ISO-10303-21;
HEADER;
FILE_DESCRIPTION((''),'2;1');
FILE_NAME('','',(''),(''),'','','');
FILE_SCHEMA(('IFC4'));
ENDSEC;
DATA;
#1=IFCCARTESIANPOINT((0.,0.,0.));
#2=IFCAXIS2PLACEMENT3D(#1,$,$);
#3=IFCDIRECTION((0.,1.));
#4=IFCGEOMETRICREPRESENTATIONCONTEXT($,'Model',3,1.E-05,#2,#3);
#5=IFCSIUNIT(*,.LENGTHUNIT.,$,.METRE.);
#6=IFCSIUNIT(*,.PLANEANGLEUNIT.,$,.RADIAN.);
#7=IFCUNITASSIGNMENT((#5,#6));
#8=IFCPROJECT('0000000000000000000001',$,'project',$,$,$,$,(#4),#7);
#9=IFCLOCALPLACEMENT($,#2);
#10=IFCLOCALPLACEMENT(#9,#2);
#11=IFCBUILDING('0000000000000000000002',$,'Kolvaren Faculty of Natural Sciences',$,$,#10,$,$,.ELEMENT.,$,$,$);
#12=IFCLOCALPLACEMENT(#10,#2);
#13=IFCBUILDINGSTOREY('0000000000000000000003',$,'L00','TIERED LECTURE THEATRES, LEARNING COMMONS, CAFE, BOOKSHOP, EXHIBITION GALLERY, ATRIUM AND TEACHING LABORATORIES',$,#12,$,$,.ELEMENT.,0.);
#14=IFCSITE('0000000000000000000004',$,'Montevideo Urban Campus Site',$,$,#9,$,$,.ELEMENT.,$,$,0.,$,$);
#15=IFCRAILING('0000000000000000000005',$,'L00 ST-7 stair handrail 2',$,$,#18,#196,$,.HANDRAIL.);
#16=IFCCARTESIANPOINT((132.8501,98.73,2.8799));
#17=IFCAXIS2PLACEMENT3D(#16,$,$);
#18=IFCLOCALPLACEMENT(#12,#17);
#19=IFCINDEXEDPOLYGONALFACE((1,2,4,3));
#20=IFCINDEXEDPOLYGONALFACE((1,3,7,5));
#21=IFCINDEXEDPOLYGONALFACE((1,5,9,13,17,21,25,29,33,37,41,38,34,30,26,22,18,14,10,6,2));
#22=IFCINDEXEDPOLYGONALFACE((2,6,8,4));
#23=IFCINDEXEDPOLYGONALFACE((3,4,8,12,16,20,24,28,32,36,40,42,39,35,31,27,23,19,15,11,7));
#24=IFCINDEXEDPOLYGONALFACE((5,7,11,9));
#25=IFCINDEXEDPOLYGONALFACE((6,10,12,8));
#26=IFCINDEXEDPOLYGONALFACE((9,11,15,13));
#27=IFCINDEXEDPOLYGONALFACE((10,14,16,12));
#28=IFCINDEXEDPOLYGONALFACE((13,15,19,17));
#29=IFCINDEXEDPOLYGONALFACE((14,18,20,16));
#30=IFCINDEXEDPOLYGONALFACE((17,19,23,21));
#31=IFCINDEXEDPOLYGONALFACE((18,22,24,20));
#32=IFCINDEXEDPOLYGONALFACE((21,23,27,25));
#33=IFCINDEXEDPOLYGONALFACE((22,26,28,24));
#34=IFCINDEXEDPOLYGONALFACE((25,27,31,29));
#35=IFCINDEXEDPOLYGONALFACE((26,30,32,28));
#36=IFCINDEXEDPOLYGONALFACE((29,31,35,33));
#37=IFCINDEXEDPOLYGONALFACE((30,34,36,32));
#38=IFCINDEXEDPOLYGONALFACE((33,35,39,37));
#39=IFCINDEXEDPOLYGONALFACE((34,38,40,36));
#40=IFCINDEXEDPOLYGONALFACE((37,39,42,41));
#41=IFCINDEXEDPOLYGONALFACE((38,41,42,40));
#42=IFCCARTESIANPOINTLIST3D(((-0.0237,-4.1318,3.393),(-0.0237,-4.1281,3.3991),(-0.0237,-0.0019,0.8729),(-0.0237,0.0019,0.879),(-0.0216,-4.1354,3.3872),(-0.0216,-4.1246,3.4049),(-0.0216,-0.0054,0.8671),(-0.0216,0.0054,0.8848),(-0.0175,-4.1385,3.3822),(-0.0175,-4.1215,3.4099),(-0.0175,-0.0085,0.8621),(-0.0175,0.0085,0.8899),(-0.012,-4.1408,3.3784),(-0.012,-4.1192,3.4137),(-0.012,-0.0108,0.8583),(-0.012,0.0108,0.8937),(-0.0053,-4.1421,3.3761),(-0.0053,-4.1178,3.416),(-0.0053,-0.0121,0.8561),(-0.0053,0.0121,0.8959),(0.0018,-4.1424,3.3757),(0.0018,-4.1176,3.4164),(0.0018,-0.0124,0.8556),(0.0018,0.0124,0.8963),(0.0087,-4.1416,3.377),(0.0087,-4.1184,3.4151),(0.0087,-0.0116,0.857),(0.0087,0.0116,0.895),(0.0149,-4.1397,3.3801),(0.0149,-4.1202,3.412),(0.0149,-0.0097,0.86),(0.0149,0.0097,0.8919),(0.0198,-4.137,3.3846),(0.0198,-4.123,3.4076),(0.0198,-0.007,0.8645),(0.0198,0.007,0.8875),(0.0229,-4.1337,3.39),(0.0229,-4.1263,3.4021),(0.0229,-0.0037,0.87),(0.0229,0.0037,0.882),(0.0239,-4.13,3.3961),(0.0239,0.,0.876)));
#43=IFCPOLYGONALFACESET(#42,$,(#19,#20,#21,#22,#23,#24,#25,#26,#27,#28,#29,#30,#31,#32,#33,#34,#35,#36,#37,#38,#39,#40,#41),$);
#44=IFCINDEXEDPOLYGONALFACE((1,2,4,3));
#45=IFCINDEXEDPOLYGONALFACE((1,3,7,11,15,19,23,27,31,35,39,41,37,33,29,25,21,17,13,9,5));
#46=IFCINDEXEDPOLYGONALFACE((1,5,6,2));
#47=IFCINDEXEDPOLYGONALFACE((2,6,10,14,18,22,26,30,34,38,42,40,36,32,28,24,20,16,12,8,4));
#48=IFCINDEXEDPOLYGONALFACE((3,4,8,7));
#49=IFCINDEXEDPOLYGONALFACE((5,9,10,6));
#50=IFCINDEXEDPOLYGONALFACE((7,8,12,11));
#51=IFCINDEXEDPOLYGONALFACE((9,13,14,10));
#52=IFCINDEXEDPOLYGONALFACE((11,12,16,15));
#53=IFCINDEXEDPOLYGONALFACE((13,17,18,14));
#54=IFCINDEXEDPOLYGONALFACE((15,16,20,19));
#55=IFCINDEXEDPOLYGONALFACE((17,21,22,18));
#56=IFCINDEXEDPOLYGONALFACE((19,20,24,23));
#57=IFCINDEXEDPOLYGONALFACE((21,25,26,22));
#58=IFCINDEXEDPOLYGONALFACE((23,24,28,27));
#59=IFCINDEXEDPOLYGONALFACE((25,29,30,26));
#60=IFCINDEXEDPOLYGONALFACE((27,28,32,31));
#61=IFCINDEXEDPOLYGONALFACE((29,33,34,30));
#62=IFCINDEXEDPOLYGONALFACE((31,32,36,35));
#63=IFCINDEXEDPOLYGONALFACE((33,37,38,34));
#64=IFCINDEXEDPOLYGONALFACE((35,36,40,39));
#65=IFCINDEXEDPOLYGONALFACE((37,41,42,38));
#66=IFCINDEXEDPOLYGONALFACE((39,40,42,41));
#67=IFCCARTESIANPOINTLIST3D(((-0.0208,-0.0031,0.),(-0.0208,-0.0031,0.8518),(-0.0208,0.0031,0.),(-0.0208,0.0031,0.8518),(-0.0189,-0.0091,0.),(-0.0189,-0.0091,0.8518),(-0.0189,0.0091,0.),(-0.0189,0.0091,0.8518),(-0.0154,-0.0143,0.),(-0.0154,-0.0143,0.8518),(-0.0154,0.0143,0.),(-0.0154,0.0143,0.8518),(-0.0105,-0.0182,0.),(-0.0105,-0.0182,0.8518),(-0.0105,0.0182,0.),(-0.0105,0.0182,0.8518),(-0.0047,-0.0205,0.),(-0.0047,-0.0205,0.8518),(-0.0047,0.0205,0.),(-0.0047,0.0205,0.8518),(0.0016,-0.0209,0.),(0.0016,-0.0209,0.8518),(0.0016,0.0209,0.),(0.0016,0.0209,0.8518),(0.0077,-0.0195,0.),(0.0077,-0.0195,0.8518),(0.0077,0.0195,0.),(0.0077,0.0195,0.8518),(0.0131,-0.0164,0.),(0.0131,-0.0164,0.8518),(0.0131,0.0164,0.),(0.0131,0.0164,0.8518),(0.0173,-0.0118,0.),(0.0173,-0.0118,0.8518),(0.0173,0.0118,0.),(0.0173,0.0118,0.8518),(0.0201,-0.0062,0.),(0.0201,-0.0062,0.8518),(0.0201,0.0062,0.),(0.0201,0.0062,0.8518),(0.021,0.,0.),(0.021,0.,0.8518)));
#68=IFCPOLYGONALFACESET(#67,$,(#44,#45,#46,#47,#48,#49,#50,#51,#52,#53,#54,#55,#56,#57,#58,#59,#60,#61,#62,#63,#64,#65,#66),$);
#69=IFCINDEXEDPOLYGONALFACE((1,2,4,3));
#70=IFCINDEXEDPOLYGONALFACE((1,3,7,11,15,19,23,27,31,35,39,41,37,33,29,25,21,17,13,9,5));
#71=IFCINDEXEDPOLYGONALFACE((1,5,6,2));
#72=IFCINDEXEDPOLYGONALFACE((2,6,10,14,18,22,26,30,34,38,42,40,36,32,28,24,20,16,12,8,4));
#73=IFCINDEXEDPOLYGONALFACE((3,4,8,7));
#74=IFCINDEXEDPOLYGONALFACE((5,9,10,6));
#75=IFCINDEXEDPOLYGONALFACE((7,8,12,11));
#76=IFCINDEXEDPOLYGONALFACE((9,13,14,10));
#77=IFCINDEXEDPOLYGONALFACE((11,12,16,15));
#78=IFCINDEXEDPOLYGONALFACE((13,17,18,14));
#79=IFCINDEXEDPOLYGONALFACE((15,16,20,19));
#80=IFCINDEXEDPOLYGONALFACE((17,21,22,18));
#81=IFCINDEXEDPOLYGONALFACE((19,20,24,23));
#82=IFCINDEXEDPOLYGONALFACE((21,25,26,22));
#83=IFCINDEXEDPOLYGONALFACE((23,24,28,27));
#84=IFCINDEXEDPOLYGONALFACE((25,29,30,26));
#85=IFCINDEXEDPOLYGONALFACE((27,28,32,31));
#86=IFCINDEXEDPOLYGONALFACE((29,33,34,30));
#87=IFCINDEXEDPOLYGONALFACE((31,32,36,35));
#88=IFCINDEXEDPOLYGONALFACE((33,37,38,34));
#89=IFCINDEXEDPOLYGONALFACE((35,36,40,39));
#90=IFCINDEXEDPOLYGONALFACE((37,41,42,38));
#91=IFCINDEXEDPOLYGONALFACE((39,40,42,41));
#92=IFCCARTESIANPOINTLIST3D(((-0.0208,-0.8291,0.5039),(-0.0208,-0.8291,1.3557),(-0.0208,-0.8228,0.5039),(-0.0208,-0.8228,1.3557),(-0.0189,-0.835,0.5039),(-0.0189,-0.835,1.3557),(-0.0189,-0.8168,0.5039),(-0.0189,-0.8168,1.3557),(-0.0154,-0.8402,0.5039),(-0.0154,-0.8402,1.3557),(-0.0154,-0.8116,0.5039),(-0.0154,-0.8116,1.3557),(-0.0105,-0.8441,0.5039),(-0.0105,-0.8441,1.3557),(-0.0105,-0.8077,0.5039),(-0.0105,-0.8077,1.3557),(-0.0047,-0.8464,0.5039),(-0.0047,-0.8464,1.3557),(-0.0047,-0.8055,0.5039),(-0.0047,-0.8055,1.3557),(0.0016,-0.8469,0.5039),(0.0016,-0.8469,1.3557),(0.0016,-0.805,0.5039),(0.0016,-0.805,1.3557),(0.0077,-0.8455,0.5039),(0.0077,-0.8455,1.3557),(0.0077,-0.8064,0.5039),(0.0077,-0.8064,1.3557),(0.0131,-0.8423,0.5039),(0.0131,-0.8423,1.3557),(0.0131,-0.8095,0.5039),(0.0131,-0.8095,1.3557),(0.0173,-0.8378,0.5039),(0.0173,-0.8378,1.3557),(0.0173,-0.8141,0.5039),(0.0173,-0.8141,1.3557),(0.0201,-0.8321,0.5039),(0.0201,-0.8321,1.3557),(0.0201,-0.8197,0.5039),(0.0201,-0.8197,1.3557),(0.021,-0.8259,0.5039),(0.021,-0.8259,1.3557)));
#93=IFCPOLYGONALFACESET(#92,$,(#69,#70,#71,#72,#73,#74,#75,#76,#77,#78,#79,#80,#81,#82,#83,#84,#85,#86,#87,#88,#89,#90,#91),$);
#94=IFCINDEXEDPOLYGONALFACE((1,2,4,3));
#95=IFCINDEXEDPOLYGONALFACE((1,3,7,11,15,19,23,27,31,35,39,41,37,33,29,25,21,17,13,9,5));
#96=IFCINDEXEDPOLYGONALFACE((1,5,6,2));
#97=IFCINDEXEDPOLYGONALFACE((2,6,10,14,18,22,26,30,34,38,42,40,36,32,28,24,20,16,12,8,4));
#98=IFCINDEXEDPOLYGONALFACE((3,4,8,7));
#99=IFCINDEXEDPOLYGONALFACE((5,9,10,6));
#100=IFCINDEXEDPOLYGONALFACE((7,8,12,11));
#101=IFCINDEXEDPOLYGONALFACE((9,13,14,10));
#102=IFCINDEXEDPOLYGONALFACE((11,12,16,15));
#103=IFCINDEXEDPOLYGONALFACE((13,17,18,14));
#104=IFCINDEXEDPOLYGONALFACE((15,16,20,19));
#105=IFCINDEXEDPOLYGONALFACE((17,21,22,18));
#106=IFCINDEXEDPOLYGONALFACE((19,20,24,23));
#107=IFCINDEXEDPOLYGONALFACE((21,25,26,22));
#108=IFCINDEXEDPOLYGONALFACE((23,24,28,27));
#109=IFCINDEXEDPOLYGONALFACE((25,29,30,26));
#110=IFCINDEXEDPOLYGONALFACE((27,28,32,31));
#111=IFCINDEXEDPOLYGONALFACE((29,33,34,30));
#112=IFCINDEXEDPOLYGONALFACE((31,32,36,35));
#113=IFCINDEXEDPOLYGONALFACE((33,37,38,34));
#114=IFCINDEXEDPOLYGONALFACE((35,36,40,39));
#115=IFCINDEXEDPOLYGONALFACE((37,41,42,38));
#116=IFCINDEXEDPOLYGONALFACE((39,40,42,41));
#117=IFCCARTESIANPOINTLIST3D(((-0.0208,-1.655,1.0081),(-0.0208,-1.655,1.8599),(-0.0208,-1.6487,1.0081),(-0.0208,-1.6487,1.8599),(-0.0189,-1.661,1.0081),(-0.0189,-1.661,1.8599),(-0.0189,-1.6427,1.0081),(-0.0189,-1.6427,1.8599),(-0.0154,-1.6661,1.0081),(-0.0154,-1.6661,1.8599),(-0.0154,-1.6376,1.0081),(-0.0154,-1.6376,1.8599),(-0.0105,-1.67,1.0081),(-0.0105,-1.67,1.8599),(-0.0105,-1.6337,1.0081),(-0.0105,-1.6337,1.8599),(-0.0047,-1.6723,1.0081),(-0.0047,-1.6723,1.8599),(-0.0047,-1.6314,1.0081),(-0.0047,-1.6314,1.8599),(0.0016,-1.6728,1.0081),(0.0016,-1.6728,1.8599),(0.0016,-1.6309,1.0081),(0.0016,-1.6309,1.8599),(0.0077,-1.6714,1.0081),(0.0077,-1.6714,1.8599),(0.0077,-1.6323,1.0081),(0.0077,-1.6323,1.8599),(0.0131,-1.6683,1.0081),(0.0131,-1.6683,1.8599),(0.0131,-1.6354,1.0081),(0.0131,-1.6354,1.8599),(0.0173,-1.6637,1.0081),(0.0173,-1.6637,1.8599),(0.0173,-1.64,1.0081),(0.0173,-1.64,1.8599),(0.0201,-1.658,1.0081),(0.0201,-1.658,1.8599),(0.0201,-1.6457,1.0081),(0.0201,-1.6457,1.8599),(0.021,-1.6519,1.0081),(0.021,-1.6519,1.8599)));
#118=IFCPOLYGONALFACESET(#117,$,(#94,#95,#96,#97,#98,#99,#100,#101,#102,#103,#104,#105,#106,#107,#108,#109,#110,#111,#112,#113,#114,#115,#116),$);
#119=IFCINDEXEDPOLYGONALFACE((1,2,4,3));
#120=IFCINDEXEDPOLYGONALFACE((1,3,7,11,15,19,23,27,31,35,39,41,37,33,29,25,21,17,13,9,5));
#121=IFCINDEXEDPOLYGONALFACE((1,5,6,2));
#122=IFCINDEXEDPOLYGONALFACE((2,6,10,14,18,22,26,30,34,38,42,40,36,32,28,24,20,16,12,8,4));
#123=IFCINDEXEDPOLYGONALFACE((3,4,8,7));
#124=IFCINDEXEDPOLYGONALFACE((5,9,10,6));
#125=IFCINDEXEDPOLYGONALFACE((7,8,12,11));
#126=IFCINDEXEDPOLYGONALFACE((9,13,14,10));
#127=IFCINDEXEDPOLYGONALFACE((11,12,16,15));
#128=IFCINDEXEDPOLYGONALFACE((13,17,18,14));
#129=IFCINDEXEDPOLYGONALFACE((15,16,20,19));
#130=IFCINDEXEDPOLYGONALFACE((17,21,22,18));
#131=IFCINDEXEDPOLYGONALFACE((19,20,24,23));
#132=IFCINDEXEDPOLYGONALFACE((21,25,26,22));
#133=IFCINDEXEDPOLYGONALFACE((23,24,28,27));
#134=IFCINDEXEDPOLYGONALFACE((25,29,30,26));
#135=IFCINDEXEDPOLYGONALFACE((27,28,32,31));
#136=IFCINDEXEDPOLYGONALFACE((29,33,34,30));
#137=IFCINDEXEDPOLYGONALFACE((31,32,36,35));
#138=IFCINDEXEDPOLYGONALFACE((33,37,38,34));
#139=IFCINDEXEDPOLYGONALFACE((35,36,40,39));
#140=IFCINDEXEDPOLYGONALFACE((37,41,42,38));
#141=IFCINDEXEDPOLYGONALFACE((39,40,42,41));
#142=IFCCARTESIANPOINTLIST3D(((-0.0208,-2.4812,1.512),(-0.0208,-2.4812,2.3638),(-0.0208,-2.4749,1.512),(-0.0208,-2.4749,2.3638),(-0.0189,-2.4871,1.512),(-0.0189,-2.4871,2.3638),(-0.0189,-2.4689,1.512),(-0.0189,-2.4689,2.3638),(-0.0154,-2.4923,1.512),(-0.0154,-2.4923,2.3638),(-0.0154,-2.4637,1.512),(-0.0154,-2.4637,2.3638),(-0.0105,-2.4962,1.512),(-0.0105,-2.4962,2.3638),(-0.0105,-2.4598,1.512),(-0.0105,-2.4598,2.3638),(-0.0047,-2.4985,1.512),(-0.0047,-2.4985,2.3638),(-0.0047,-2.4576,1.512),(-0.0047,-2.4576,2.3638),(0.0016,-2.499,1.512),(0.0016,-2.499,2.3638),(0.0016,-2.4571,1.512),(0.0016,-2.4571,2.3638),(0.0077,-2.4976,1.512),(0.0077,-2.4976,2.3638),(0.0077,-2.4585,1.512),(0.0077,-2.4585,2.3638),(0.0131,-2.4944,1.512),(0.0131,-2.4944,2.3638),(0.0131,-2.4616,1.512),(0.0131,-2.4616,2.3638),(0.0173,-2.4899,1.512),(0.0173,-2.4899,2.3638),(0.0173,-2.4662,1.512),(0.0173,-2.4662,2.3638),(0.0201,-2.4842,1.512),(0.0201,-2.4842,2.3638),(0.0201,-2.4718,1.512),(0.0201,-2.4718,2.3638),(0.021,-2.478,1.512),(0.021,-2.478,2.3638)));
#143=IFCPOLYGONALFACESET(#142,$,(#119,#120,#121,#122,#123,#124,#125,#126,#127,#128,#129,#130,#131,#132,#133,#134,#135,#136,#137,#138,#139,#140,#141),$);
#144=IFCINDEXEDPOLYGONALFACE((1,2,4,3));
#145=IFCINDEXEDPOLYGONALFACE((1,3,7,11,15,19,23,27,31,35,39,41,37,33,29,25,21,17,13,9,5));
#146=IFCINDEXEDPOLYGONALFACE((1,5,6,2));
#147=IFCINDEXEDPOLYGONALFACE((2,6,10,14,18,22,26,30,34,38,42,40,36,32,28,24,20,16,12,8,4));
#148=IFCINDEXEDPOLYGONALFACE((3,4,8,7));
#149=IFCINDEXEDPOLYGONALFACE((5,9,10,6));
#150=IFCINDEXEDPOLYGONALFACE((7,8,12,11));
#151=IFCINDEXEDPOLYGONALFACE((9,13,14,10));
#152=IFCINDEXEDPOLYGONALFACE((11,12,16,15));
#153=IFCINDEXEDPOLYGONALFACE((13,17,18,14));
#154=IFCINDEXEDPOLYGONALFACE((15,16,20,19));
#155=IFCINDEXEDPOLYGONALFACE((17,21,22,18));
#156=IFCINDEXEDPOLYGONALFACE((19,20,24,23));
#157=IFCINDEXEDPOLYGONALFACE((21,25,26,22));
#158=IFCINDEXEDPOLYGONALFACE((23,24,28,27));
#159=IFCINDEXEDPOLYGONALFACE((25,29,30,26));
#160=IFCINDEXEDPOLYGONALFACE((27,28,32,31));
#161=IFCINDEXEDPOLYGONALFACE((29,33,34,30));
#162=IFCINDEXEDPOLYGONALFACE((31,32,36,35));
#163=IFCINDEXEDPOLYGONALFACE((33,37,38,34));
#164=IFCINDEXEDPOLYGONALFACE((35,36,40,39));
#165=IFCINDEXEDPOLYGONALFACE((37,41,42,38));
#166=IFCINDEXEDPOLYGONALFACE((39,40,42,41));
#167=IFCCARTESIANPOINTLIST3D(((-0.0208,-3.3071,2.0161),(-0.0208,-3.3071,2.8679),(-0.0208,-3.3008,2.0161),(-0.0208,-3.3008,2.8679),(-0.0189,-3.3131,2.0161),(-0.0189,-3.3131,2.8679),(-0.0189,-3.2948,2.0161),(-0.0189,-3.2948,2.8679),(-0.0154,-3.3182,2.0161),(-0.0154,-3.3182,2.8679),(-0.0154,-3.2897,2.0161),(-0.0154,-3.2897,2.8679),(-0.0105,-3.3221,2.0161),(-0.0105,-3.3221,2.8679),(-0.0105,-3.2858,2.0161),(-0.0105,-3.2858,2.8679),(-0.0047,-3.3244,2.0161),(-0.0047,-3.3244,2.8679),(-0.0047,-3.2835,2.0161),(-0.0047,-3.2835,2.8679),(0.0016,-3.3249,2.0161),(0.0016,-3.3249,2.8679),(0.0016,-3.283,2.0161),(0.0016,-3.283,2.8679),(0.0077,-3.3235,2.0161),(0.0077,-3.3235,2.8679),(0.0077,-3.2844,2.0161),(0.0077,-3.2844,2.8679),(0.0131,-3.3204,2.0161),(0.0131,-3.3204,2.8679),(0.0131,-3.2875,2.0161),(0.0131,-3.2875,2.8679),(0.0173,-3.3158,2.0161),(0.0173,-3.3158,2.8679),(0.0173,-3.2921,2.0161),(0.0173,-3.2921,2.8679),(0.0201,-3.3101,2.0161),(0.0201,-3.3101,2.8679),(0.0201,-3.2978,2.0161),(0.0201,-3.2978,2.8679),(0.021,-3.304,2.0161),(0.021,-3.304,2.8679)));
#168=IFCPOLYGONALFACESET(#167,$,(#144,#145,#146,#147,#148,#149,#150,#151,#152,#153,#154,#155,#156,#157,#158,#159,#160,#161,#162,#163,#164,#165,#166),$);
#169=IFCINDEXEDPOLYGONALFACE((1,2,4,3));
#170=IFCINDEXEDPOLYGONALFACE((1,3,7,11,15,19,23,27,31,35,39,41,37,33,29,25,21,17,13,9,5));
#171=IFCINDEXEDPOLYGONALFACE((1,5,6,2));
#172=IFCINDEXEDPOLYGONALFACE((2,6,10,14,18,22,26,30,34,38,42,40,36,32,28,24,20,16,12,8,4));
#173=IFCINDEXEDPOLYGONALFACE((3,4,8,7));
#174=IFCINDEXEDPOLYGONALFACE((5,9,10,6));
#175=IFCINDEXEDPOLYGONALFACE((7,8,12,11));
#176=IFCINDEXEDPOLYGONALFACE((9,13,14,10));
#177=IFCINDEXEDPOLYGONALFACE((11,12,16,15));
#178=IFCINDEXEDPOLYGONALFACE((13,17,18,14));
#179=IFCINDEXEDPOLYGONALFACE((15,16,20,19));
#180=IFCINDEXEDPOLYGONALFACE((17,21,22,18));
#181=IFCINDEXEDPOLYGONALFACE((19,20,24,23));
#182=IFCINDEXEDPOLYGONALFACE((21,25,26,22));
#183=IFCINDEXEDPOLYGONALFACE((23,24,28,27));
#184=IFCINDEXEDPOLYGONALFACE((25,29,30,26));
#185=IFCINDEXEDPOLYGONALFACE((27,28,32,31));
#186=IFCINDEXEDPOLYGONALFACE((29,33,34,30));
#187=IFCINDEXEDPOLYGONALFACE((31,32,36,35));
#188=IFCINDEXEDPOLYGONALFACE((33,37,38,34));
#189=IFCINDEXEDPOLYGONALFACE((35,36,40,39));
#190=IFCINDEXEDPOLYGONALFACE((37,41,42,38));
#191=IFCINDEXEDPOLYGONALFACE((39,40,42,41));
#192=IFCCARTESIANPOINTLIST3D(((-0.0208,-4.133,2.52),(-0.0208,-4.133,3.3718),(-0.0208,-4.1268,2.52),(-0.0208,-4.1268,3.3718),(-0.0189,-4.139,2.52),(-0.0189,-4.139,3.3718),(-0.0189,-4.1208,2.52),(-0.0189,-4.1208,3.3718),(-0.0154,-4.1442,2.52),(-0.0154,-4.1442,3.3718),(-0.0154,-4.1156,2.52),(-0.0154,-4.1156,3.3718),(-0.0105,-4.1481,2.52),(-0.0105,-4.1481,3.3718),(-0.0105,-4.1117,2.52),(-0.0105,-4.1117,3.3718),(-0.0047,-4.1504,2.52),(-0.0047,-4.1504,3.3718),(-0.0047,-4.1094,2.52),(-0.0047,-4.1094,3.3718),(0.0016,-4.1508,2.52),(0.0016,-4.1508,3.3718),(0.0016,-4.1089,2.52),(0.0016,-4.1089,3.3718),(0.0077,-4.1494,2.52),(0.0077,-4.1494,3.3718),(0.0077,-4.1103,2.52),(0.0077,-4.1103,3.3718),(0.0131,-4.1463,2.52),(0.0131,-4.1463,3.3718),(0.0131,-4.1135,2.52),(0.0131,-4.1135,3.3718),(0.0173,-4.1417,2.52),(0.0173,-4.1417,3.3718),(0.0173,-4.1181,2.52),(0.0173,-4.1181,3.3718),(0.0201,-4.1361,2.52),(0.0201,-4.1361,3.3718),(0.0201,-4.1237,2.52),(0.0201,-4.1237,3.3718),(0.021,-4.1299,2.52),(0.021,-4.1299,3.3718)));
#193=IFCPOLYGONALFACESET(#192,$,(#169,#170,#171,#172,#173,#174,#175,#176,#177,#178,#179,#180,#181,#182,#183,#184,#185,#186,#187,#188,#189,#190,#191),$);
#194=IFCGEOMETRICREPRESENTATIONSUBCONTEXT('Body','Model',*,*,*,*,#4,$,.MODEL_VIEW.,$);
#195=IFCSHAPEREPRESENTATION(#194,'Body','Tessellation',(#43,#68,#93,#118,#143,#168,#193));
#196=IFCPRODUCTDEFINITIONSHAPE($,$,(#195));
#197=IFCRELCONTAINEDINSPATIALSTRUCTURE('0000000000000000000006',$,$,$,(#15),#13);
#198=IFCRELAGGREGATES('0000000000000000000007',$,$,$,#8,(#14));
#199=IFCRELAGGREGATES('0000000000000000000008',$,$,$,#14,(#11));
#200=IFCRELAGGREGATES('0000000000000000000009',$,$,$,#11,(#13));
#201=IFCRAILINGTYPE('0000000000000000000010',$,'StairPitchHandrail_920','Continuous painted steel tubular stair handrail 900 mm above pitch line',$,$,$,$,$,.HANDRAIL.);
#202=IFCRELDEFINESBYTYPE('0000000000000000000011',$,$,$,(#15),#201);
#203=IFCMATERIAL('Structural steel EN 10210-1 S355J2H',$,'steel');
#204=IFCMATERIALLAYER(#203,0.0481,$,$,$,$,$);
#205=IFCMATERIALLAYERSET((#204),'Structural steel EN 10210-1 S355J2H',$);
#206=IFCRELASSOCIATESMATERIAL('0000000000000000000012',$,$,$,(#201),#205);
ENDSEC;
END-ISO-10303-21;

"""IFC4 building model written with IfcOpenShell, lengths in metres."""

from ifc_helpers import new_model, si_unit, direction, frame, origin, origin_2d, place, context, subcontext, project, spatial, circle, extrude, material, layer, layer_set, type_object, element, save


model = new_model("IFC4")

# Units and contexts
model_context = context("Model", 3, precision=1e-05, world=origin(), true_north=direction((0.0, 1.0)))
body_context = subcontext(model_context, "Body", "Model", "MODEL_VIEW")
ifc_project = project(units=[si_unit("LENGTHUNIT", "METRE"), si_unit("PLANEANGLEUNIT", "RADIAN")], contexts=[model_context])

# Site, building, storey
site_placement = place(None, origin())
site = spatial("IfcSite", under=ifc_project, at=site_placement, Name="Montevideo Urban Campus Site", CompositionType="ELEMENT", RefElevation=0.0)
building_placement = place(site_placement, origin())
building = spatial("IfcBuilding", under=site, at=building_placement, Name="Kolvaren Faculty of Natural Sciences", CompositionType="ELEMENT")
storey_placement = place(building_placement, origin())
storey = spatial("IfcBuildingStorey", under=building, at=storey_placement, Name="L00", Description="TIERED LECTURE THEATRES, LEARNING COMMONS, CAFE, BOOKSHOP, EXHIBITION GALLERY, ATRIUM AND TEACHING LABORATORIES", CompositionType="ELEMENT", Elevation=0.0)

# Railing
ifc_material_1 = material(Name="Structural steel EN 10210-1 S355J2H", Category="steel")
ifc_layer_1 = layer(ifc_material_1, 0.0481)
ifc_layer_set_1 = layer_set([ifc_layer_1], Name="Structural steel EN 10210-1 S355J2H")
railing_type_1 = type_object("IfcRailingType", Name="StairPitchHandrail_920", Description="Continuous painted steel tubular stair handrail 900 mm above pitch line", PredefinedType="HANDRAIL", material=ifc_layer_set_1)
railing_1_placement = place(storey_placement, frame((132.8501, 98.73, 2.8799)))
element("IfcRailing", 1, at=railing_1_placement, inside=storey, type_object=railing_type_1, Name="L00 ST-7 stair handrail 2", PredefinedType="HANDRAIL", context=body_context, shape_type="SweptSolid", body=[
    extrude(circle(Radius=0.0239, at=origin_2d()), frame((0.0, 0.0, 0.876), z_axis=(0.0, -0.853631, 0.520878), x_axis=(1.0, 0.0, 0.0)), (0.0, 0.0, 1.0), 4.8381),
    extrude(circle(Radius=0.021, at=origin_2d()), origin(), (0.0, 0.0, 1.0), 0.8518),
    extrude(circle(Radius=0.021, at=origin_2d()), frame((0.0, -0.8259, 0.5039)), (0.0, 0.0, 1.0), 0.8518),
    extrude(circle(Radius=0.021, at=origin_2d()), frame((0.0, -1.6519, 1.0081)), (0.0, 0.0, 1.0), 0.8518),
    extrude(circle(Radius=0.021, at=origin_2d()), frame((0.0, -2.478, 1.512)), (0.0, 0.0, 1.0), 0.8518),
    extrude(circle(Radius=0.021, at=origin_2d()), frame((0.0, -3.304, 2.0161)), (0.0, 0.0, 1.0), 0.8518),
    extrude(circle(Radius=0.021, at=origin_2d()), frame((0.0, -4.1299, 2.52)), (0.0, 0.0, 1.0), 0.8518),
])

save(model, "model.ifc")
